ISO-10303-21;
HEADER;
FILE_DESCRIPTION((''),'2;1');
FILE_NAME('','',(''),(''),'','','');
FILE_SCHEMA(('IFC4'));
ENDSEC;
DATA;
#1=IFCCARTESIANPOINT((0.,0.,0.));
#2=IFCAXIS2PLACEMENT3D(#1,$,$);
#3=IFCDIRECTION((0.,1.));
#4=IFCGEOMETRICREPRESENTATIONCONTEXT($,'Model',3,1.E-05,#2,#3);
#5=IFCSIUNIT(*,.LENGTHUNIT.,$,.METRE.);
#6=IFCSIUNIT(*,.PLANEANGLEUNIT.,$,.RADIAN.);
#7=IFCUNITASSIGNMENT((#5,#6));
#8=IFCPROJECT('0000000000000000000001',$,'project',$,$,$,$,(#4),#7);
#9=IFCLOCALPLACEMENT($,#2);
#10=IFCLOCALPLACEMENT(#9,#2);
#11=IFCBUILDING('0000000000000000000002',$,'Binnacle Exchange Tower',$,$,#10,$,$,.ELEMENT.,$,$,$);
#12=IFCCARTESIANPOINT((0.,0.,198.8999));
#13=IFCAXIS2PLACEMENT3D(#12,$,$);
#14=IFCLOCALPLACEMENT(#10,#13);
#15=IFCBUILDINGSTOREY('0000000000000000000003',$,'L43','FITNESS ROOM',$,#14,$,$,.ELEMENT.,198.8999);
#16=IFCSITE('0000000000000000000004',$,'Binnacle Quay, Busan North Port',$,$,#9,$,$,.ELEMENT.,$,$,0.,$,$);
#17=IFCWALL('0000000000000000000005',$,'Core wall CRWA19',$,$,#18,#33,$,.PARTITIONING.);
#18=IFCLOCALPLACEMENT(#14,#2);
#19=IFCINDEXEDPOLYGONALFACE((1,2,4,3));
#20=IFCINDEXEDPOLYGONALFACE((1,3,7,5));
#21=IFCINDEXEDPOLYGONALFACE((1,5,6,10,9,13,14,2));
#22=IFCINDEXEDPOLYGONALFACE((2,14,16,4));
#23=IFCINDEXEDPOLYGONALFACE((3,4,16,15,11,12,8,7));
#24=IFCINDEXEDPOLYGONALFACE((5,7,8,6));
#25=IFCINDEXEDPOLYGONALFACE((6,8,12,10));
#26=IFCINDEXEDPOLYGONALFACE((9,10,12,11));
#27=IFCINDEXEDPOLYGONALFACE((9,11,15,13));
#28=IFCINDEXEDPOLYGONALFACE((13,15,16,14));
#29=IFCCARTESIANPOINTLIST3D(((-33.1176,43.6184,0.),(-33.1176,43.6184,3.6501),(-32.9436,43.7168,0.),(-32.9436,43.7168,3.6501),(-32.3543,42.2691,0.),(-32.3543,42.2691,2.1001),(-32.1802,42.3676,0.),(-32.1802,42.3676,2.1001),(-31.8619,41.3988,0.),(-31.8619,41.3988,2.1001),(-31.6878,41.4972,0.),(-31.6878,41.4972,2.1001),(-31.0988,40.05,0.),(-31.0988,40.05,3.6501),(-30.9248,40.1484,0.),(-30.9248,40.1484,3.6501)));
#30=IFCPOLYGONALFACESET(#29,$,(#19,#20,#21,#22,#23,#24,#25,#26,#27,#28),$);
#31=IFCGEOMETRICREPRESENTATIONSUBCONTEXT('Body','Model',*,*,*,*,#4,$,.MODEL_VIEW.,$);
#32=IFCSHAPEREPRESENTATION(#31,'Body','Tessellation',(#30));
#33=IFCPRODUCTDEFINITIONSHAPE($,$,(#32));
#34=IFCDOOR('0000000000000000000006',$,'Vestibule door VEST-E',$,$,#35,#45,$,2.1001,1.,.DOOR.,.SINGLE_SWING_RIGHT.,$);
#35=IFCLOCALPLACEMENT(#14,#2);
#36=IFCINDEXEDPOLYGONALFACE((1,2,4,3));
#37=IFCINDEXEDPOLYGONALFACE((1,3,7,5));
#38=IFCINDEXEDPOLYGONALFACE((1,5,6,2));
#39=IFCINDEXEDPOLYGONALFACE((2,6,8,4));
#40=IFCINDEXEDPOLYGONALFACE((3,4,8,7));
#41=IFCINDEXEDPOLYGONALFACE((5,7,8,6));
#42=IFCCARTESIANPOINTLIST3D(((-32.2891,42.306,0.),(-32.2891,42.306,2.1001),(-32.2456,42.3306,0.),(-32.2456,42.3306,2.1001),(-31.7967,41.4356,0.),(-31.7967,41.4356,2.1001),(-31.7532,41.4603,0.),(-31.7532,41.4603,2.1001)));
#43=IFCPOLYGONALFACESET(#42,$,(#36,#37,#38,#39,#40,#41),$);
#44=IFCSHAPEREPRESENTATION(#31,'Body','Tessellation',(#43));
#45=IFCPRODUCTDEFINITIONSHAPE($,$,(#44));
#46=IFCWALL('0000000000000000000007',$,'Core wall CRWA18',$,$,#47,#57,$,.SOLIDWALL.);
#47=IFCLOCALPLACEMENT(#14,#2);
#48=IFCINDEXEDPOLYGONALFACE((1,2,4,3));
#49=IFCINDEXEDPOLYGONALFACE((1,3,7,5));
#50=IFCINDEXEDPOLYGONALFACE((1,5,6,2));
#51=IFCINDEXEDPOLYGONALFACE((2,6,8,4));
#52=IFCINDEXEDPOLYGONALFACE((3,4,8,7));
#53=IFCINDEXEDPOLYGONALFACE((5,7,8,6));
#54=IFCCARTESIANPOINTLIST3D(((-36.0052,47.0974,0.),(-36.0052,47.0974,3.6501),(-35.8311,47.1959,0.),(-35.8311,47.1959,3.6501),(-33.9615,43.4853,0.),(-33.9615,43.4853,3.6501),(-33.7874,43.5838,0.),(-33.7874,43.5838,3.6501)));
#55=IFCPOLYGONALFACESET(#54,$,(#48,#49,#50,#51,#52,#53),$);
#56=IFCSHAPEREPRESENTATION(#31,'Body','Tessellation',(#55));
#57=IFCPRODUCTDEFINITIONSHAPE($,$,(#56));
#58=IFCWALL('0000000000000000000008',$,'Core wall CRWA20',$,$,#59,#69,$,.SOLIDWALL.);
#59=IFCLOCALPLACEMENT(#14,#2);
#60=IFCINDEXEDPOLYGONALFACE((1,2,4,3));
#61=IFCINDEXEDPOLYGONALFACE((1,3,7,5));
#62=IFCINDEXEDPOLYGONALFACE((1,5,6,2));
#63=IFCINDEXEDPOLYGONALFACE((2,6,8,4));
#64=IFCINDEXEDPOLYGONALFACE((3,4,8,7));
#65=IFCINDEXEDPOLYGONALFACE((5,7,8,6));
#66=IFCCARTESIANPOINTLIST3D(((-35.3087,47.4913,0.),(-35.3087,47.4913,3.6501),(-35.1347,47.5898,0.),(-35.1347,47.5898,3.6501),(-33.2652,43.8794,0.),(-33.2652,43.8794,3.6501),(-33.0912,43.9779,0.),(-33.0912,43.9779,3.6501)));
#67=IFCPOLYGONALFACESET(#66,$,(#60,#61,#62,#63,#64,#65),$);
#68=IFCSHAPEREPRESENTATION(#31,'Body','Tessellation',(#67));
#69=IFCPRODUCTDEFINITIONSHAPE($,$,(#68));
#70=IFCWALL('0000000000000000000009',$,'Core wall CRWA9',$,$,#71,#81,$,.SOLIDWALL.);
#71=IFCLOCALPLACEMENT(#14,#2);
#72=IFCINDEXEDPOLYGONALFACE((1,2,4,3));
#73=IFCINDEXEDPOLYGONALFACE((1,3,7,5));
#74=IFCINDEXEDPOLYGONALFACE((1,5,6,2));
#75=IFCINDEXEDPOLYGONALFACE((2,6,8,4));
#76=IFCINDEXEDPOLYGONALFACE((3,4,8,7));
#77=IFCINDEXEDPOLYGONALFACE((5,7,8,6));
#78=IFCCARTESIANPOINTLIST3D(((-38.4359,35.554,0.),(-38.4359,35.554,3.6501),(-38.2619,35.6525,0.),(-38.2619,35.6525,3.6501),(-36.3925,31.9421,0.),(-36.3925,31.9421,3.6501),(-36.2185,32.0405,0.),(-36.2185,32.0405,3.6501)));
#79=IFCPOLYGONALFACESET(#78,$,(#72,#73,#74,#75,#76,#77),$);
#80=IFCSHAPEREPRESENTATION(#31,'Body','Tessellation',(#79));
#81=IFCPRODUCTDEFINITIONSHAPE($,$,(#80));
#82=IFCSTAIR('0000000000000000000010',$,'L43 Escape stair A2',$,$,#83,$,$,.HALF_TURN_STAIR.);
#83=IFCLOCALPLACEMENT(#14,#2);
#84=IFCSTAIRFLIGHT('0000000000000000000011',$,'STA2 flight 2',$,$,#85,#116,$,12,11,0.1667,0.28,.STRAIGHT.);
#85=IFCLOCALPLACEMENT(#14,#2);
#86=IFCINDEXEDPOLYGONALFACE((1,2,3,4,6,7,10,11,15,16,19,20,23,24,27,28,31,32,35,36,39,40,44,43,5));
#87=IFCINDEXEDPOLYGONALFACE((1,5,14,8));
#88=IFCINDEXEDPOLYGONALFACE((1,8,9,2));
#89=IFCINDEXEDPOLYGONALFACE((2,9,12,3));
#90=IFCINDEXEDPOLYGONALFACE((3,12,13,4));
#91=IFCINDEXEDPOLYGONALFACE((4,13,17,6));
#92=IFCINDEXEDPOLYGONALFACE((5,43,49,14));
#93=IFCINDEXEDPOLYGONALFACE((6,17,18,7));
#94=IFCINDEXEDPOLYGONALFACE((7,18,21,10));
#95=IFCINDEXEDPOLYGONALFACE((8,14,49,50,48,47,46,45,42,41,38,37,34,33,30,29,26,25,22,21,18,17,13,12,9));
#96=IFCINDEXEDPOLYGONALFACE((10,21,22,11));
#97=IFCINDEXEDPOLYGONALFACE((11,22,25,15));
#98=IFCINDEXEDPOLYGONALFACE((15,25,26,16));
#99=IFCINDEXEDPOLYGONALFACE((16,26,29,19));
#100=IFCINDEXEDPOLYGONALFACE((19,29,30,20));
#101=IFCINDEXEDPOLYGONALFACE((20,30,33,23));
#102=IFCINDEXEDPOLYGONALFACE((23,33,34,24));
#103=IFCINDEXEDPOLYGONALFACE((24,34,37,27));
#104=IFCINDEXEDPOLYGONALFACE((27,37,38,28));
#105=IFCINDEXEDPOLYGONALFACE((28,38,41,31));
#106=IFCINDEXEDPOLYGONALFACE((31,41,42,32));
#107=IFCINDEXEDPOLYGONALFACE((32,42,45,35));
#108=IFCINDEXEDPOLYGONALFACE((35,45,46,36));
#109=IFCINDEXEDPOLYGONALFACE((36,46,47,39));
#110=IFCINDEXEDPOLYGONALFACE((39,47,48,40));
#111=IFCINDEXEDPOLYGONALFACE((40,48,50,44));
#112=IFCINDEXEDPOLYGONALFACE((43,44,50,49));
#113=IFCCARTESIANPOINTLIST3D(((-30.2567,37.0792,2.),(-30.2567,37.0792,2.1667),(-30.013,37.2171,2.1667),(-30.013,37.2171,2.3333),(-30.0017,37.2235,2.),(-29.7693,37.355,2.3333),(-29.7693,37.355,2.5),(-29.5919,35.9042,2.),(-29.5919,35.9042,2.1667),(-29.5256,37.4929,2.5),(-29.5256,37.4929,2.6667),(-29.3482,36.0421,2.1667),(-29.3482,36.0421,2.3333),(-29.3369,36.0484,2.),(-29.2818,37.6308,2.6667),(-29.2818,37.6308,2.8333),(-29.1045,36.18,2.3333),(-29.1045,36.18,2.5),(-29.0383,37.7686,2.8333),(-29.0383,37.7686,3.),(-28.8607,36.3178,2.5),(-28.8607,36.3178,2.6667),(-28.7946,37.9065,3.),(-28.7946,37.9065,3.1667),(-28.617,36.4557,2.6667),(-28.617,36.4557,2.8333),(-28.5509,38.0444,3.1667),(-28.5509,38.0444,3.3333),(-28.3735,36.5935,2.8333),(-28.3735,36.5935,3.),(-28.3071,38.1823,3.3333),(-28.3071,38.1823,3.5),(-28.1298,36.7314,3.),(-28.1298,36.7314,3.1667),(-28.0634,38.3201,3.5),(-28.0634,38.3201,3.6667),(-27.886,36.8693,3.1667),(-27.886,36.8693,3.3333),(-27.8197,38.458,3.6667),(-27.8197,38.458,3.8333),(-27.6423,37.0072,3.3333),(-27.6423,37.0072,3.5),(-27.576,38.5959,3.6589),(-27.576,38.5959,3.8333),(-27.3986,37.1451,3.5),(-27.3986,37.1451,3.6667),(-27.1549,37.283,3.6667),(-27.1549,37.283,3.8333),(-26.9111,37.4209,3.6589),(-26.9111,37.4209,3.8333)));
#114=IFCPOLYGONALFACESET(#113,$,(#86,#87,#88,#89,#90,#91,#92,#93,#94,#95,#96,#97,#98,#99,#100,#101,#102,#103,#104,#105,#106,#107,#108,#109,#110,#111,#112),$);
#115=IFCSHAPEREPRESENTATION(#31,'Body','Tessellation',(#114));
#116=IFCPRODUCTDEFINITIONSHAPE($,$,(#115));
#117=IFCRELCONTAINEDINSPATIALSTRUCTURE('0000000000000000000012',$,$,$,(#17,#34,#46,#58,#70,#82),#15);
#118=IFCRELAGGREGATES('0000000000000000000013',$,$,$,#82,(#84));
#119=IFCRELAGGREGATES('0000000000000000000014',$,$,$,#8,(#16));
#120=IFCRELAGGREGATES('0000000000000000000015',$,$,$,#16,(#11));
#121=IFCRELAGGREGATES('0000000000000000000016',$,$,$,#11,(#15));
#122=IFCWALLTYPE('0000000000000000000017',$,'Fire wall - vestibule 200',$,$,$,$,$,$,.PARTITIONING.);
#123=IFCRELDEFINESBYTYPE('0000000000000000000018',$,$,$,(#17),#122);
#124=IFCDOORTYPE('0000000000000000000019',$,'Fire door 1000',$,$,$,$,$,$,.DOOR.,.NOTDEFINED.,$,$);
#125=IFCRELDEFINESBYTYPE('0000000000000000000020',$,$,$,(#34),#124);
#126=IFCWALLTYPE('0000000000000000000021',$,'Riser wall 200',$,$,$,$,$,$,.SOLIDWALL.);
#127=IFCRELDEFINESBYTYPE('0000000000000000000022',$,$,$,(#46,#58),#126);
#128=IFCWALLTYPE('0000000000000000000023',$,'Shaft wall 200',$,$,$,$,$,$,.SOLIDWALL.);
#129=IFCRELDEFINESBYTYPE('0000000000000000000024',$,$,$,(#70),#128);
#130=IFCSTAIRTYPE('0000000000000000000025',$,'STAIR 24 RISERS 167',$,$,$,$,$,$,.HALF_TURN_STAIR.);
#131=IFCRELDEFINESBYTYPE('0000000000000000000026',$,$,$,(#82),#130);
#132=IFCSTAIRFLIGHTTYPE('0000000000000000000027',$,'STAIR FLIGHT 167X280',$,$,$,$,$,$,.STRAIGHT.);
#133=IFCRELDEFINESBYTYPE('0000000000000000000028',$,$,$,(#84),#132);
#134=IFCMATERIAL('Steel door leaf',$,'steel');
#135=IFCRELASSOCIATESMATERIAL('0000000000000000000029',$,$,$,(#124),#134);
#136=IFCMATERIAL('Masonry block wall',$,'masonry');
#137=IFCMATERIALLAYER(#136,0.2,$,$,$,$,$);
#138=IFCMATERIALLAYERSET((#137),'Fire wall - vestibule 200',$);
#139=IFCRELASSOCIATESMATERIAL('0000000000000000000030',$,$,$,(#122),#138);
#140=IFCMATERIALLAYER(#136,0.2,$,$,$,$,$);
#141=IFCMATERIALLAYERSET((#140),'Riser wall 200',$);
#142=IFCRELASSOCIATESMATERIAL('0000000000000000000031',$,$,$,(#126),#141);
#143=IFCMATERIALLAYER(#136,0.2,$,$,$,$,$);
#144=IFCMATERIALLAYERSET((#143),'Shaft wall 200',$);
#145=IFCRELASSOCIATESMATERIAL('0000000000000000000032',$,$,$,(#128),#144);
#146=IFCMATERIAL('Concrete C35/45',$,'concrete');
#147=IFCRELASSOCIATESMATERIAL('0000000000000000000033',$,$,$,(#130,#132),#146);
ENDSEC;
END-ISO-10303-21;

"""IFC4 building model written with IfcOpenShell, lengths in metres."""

from ifc_helpers import new_model, si_unit, direction, frame, frame_2d, origin, place, context, subcontext, project, spatial, polyline, rectangle, outline, extrude, material, layer, layer_set, type_object, element, fill, aggregate, save


model = new_model("IFC4")

# Units and contexts
model_context = context("Model", 3, precision=1e-05, world=origin(), true_north=direction((0.0, 1.0)))
body_context = subcontext(model_context, "Body", "Model", "MODEL_VIEW")
ifc_project = project(units=[si_unit("LENGTHUNIT", "METRE"), si_unit("PLANEANGLEUNIT", "RADIAN")], contexts=[model_context])

# Site, building, storey
site_placement = place(None, origin())
site = spatial("IfcSite", under=ifc_project, at=site_placement, Name="Binnacle Quay, Busan North Port", CompositionType="ELEMENT", RefElevation=0.0)
building_placement = place(site_placement, origin())
building = spatial("IfcBuilding", under=site, at=building_placement, Name="Binnacle Exchange Tower", CompositionType="ELEMENT")
storey_placement = place(building_placement, frame((0.0, 0.0, 198.8999)))
storey = spatial("IfcBuildingStorey", under=building, at=storey_placement, Name="L43", Description="FITNESS ROOM", CompositionType="ELEMENT", Elevation=198.8999)

# Shared definitions
ifc_material_1 = material(Name="Steel door leaf", Category="steel")

# Shared definitions
door_type_1 = type_object("IfcDoorType", Name="Fire door 1000", OperationType="NOTDEFINED", PredefinedType="DOOR", material=ifc_material_1)

# Wall, opening, door
ifc_material_2 = material(Name="Masonry block wall", Category="masonry")
ifc_layer_1 = layer(ifc_material_2, 0.2)
ifc_layer_set_1 = layer_set([ifc_layer_1], Name="Fire wall - vestibule 200")
wall_type_1 = type_object("IfcWallType", Name="Fire wall - vestibule 200", PredefinedType="PARTITIONING", material=ifc_layer_set_1)
wall_1_placement = place(storey_placement, frame((-33.0305, 43.6675, 0.0), z_axis=(0.0, 0.0, 1.0), x_axis=(0.492408, -0.870364, 0.0)))
wall_1 = element("IfcWall", 1, at=wall_1_placement, inside=storey, type_object=wall_type_1, Name="Core wall CRWA19", PredefinedType="PARTITIONING", context=body_context, shape_type="SweptSolid", body=[
    extrude(rectangle(XDim=4.0999, YDim=0.2, at=frame_2d((2.0498, 0.0))), origin(), (0.0, 0.0, 1.0), 3.6501),
])
opening_1_placement = place(wall_1_placement, frame((1.55, 0.0, 0.0)))
opening_1 = element("IfcOpeningElement", 2, at=opening_1_placement, cuts=wall_1, PredefinedType="OPENING", context=body_context, shape_type="SweptSolid", body=[
    extrude(rectangle(XDim=1.0, YDim=2.1001, at=frame_2d((0.5, 1.05))), frame((0.0, 0.1099, 0.0), z_axis=(0.0, -1.0, 0.0), x_axis=(1.0, 0.0, 0.0)), (0.0, 0.0, 1.0), 0.22),
])
door_1_placement = place(opening_1_placement, origin())
door_1 = element("IfcDoor", 3, at=door_1_placement, inside=storey, type_object=door_type_1, Name="Vestibule door VEST-E", OperationType="SINGLE_SWING_RIGHT", OverallHeight=2.1001, OverallWidth=1.0, PredefinedType="DOOR", context=body_context, shape_type="SweptSolid", body=[
    extrude(rectangle(XDim=1.0, YDim=2.1001, at=frame_2d((0.5, 1.05))), frame((0.0, 0.0249, 0.0), z_axis=(0.0, -1.0, 0.0), x_axis=(1.0, 0.0, 0.0)), (0.0, 0.0, 1.0), 0.05),
])
fill(opening_1, door_1)

# Walls
ifc_layer_2 = layer(ifc_material_2, 0.2)
ifc_layer_set_2 = layer_set([ifc_layer_2], Name="Riser wall 200")
wall_type_2 = type_object("IfcWallType", Name="Riser wall 200", PredefinedType="SOLIDWALL", material=ifc_layer_set_2)
wall_2_placement = place(storey_placement, frame((-35.9182, 47.1467, 0.0), z_axis=(0.0, 0.0, 1.0), x_axis=(0.492441, -0.870346, 0.0)))
element("IfcWall", 4, at=wall_2_placement, inside=storey, type_object=wall_type_2, Name="Core wall CRWA18", PredefinedType="SOLIDWALL", context=body_context, shape_type="SweptSolid", body=[
    extrude(rectangle(XDim=4.1501, YDim=0.2, at=frame_2d((2.0752, 0.0))), origin(), (0.0, 0.0, 1.0), 3.6501),
])
wall_3_placement = place(storey_placement, frame((-35.2217, 47.5405, 0.0), z_axis=(0.0, 0.0, 1.0), x_axis=(0.492422, -0.870357, 0.0)))
element("IfcWall", 5, at=wall_3_placement, inside=storey, type_object=wall_type_2, Name="Core wall CRWA20", PredefinedType="SOLIDWALL", context=body_context, shape_type="SweptSolid", body=[
    extrude(rectangle(XDim=4.1499, YDim=0.2, at=frame_2d((2.075, 0.0))), origin(), (0.0, 0.0, 1.0), 3.6501),
])
ifc_layer_3 = layer(ifc_material_2, 0.2)
ifc_layer_set_3 = layer_set([ifc_layer_3], Name="Shaft wall 200")
wall_type_3 = type_object("IfcWallType", Name="Shaft wall 200", PredefinedType="SOLIDWALL", material=ifc_layer_set_3)
wall_4_placement = place(storey_placement, frame((-38.3489, 35.6033, 0.0), z_axis=(0.0, 0.0, 1.0), x_axis=(0.492396, -0.870371, 0.0)))
element("IfcWall", 6, at=wall_4_placement, inside=storey, type_object=wall_type_3, Name="Core wall CRWA9", PredefinedType="SOLIDWALL", context=body_context, shape_type="SweptSolid", body=[
    extrude(rectangle(XDim=4.1499, YDim=0.2, at=frame_2d((2.075, 0.0))), origin(), (0.0, 0.0, 1.0), 3.6501),
])

# Stair, stair flight
ifc_material_3 = material(Name="Concrete C35/45", Category="concrete")
stair_type = type_object("IfcStairType", Name="STAIR 24 RISERS 167", PredefinedType="HALF_TURN_STAIR", material=ifc_material_3)
stair_placement = place(storey_placement, origin())
stair = element("IfcStair", 7, at=stair_placement, inside=storey, type_object=stair_type, Name="L43 Escape stair A2", PredefinedType="HALF_TURN_STAIR")
stair_flight_type = type_object("IfcStairFlightType", Name="STAIR FLIGHT 167X280", PredefinedType="STRAIGHT", material=ifc_material_3)
stair_flight_placement = place(storey_placement, frame((-29.9243, 36.4917, 2.0), z_axis=(0.0, 0.0, 1.0), x_axis=(0.870356, 0.492424, 0.0)))
stair_flight = element("IfcStairFlight", 8, at=stair_flight_placement, type_object=stair_flight_type, Name="STA2 flight 2", NumberOfRisers=12, NumberOfTreads=11, PredefinedType="STRAIGHT", RiserHeight=0.1667, TreadLength=0.28, context=body_context, shape_type="SweptSolid", body=[
    extrude(outline(polyline([(0.0, 0.0), (0.0, 0.1667), (0.28, 0.1667), (0.28, 0.3333), (0.5601, 0.3333), (0.5601, 0.5), (0.8401, 0.5), (0.8401, 0.6667), (1.1201, 0.6667), (1.1201, 0.8333), (1.3999, 0.8333), (1.3999, 1.0), (1.6799, 1.0), (1.6799, 1.1667), (1.96, 1.1667), (1.96, 1.3333), (2.24, 1.3333), (2.24, 1.5), (2.52, 1.5), (2.52, 1.6667), (2.8, 1.6667), (2.8, 1.8333), (3.0801, 1.8333), (3.0801, 2.0), (3.0801, 1.6589), (0.293, 0.0), (0.0, 0.0)])), frame((0.0, 0.675, 0.0), z_axis=(0.0, -1.0, 0.0), x_axis=(1.0, 0.0, 0.0)), (0.0, 0.0, 1.0), 1.3501),
])
aggregate(stair, [stair_flight])

save(model, "model.ifc")
